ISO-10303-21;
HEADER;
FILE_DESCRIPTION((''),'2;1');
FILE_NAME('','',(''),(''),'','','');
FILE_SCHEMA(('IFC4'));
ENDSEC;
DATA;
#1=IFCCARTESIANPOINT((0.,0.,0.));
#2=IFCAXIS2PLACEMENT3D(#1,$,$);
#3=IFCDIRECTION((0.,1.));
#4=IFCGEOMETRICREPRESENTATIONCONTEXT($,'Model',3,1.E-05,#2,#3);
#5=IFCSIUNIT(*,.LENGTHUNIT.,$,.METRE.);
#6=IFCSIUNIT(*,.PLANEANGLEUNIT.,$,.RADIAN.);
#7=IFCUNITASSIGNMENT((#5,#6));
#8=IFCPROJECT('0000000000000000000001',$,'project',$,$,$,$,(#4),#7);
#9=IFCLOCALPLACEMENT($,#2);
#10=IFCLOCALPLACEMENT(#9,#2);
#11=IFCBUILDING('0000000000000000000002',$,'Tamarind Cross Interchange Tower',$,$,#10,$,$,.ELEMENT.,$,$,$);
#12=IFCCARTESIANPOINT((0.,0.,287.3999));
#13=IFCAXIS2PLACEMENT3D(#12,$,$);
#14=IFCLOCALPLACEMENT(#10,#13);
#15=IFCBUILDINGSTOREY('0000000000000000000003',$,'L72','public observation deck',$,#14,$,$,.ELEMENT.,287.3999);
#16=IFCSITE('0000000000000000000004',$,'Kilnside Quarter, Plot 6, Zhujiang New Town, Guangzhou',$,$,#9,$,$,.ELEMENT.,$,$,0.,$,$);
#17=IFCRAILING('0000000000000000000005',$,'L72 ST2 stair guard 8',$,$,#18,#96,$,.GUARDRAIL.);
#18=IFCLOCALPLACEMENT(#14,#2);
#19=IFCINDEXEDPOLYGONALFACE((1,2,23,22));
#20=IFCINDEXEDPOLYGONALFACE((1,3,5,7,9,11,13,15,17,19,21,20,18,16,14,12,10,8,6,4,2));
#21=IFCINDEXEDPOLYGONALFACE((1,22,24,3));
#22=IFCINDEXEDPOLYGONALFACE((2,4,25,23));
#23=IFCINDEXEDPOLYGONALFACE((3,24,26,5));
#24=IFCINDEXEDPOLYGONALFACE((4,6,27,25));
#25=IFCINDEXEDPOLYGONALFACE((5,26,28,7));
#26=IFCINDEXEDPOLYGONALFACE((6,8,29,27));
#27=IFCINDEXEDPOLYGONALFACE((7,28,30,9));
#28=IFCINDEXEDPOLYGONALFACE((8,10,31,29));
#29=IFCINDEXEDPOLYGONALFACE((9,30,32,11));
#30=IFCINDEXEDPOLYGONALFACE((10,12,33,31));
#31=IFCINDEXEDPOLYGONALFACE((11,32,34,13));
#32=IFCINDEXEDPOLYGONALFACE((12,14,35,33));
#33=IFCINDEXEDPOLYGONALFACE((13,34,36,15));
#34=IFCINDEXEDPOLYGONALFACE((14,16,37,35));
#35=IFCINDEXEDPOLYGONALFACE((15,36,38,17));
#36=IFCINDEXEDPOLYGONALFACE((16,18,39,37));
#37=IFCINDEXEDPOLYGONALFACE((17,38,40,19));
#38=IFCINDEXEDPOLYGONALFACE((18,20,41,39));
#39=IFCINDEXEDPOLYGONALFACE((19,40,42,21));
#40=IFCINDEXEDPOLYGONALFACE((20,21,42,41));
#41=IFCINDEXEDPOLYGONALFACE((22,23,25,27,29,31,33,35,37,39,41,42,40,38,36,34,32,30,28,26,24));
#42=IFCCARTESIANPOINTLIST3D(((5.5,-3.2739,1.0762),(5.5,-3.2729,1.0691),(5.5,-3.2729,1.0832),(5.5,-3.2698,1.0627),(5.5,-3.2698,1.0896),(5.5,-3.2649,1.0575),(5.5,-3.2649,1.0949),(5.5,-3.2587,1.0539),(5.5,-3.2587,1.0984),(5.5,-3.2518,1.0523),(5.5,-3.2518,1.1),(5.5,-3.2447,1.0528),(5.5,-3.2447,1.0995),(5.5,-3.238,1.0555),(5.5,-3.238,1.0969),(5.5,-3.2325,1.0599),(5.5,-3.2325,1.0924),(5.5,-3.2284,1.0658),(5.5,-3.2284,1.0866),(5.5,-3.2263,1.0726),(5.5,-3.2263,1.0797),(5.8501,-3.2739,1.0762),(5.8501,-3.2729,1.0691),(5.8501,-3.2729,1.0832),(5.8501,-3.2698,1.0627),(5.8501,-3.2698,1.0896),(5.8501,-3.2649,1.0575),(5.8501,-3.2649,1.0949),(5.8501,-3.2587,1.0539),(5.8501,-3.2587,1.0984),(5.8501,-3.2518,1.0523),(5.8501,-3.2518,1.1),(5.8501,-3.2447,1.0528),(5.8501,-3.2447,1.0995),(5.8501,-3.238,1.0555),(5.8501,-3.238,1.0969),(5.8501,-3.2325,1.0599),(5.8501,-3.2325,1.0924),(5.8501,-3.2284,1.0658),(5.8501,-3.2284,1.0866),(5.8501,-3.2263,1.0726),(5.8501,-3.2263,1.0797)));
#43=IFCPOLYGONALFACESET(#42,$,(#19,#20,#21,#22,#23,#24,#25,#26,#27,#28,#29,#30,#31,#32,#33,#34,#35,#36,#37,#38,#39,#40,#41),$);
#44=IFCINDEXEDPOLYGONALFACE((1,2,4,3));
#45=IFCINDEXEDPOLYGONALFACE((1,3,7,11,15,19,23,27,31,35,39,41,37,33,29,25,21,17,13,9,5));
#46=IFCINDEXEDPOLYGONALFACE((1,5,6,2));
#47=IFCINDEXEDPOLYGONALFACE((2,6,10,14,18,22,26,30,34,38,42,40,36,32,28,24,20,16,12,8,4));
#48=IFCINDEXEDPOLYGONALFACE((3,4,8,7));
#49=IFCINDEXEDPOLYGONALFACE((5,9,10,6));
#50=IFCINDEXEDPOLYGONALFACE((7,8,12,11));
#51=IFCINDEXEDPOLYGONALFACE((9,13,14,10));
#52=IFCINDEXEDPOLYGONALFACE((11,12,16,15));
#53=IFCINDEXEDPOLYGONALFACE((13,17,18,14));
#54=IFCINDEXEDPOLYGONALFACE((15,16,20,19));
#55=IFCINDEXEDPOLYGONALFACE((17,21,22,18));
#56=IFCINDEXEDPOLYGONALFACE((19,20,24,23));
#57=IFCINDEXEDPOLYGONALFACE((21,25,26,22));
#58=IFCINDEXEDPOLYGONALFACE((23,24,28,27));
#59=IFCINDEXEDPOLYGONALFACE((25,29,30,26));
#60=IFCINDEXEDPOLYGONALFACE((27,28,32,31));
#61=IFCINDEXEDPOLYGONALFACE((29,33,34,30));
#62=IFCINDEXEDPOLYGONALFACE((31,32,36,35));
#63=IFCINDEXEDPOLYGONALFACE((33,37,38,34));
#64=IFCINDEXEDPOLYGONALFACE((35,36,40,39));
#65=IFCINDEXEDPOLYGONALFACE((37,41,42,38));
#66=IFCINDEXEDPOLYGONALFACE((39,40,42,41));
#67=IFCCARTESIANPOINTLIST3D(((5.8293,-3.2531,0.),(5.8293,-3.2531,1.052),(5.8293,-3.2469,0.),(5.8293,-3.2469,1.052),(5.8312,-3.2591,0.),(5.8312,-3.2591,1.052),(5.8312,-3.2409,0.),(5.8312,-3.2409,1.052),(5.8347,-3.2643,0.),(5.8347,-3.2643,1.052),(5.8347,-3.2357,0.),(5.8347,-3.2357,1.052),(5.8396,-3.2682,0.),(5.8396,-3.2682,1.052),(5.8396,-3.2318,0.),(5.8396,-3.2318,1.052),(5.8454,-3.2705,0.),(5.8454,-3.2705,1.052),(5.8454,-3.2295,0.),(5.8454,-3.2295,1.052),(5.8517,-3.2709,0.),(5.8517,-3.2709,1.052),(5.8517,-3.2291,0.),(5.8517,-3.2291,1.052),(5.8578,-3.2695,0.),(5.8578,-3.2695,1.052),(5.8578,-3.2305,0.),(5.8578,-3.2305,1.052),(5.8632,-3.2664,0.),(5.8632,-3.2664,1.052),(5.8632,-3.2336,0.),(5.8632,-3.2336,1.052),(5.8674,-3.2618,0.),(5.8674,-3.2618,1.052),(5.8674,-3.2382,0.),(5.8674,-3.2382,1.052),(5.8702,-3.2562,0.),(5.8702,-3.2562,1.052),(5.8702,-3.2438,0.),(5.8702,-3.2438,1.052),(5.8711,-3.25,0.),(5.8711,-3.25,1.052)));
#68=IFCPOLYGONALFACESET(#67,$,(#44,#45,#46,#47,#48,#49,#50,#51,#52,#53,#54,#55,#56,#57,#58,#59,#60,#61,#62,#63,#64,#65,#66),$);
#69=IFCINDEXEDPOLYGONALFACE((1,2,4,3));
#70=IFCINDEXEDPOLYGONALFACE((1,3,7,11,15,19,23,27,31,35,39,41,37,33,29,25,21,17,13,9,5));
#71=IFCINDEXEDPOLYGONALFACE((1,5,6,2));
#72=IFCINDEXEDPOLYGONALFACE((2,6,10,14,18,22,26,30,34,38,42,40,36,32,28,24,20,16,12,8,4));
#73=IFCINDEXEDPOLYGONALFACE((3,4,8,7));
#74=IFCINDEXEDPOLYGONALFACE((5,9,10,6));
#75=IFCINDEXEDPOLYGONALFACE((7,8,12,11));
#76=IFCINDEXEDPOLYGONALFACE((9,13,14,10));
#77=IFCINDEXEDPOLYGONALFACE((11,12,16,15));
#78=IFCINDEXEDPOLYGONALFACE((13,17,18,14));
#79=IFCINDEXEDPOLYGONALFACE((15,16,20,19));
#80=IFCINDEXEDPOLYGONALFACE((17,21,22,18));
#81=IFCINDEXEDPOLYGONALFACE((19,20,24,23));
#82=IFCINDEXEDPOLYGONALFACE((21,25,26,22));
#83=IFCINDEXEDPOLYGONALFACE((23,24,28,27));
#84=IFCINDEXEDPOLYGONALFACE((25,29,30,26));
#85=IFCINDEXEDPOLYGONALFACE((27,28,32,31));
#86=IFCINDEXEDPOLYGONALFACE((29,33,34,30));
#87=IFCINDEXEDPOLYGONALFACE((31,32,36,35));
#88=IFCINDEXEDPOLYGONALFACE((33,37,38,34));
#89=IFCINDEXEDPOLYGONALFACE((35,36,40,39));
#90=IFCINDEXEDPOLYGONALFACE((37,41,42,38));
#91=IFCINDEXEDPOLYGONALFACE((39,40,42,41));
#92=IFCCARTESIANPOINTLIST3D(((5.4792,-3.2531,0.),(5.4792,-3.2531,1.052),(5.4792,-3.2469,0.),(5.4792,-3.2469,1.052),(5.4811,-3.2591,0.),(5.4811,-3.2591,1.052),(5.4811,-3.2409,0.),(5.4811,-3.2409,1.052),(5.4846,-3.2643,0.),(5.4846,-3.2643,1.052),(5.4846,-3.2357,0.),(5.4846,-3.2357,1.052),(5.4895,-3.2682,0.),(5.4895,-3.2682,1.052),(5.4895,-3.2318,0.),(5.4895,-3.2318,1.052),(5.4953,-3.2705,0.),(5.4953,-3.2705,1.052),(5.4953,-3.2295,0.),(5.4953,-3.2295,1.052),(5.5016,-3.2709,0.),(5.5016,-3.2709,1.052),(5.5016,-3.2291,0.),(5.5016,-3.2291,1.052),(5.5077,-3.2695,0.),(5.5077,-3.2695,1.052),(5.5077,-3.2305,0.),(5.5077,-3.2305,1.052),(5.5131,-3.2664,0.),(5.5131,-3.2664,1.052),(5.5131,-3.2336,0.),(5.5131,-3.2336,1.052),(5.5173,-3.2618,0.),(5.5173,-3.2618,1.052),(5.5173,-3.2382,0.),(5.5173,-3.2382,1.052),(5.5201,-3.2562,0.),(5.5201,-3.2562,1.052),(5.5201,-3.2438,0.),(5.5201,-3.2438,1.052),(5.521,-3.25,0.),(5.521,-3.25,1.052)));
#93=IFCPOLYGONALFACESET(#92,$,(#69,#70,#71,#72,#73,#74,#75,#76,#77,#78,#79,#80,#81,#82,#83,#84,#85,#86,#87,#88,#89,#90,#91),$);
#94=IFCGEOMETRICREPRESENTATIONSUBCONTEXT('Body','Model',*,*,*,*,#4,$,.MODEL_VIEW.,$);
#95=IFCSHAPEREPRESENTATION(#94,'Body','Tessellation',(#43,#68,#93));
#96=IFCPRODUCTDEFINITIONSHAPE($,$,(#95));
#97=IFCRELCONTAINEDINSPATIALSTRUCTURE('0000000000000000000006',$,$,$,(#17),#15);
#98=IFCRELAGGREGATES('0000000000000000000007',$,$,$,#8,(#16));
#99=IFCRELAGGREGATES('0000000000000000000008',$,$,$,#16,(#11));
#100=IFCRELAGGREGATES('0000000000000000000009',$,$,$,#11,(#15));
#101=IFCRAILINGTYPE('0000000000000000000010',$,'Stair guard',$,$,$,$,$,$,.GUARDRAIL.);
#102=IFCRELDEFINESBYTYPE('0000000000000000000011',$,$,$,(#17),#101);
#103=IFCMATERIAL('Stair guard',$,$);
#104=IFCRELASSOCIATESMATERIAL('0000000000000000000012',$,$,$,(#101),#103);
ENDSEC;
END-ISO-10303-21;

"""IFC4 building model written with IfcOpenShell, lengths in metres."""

from ifc_helpers import new_model, si_unit, direction, frame, origin, origin_2d, place, context, subcontext, project, spatial, circle, extrude, material, type_object, element, save


model = new_model("IFC4")

# Units and contexts
model_context = context("Model", 3, precision=1e-05, world=origin(), true_north=direction((0.0, 1.0)))
body_context = subcontext(model_context, "Body", "Model", "MODEL_VIEW")
ifc_project = project(units=[si_unit("LENGTHUNIT", "METRE"), si_unit("PLANEANGLEUNIT", "RADIAN")], contexts=[model_context])

# Site, building, storey
site_placement = place(None, origin())
site = spatial("IfcSite", under=ifc_project, at=site_placement, Name="Kilnside Quarter, Plot 6, Zhujiang New Town, Guangzhou", CompositionType="ELEMENT", RefElevation=0.0)
building_placement = place(site_placement, origin())
building = spatial("IfcBuilding", under=site, at=building_placement, Name="Tamarind Cross Interchange Tower", CompositionType="ELEMENT")
storey_placement = place(building_placement, frame((0.0, 0.0, 287.3999)))
storey = spatial("IfcBuildingStorey", under=building, at=storey_placement, Name="L72", Description="public observation deck", CompositionType="ELEMENT", Elevation=287.3999)

# Railing
ifc_material_1 = material(Name="Stair guard")
railing_type = type_object("IfcRailingType", Name="Stair guard", PredefinedType="GUARDRAIL", material=ifc_material_1)
for number, where, name in (
    (1, (5.8501, -3.25, 0.0), "L72 ST2 stair guard 8"),
):
    element("IfcRailing", number, at=place(storey_placement, frame(where)), inside=storey, type_object=railing_type, Name=name, PredefinedType="GUARDRAIL", context=body_context, shape_type="SweptSolid", body=[
        extrude(circle(Radius=0.0239, at=origin_2d()), frame((0.0, 0.0, 1.0762), z_axis=(-1.0, 0.0, 0.0), x_axis=(0.0, -1.0, 0.0)), (0.0, 0.0, 1.0), 0.3501),
        extrude(circle(Radius=0.021, at=origin_2d()), origin(), (0.0, 0.0, 1.0), 1.052),
        extrude(circle(Radius=0.021, at=origin_2d()), frame((-0.3501, 0.0, 0.0)), (0.0, 0.0, 1.0), 1.052),
    ])

save(model, "model.ifc")
